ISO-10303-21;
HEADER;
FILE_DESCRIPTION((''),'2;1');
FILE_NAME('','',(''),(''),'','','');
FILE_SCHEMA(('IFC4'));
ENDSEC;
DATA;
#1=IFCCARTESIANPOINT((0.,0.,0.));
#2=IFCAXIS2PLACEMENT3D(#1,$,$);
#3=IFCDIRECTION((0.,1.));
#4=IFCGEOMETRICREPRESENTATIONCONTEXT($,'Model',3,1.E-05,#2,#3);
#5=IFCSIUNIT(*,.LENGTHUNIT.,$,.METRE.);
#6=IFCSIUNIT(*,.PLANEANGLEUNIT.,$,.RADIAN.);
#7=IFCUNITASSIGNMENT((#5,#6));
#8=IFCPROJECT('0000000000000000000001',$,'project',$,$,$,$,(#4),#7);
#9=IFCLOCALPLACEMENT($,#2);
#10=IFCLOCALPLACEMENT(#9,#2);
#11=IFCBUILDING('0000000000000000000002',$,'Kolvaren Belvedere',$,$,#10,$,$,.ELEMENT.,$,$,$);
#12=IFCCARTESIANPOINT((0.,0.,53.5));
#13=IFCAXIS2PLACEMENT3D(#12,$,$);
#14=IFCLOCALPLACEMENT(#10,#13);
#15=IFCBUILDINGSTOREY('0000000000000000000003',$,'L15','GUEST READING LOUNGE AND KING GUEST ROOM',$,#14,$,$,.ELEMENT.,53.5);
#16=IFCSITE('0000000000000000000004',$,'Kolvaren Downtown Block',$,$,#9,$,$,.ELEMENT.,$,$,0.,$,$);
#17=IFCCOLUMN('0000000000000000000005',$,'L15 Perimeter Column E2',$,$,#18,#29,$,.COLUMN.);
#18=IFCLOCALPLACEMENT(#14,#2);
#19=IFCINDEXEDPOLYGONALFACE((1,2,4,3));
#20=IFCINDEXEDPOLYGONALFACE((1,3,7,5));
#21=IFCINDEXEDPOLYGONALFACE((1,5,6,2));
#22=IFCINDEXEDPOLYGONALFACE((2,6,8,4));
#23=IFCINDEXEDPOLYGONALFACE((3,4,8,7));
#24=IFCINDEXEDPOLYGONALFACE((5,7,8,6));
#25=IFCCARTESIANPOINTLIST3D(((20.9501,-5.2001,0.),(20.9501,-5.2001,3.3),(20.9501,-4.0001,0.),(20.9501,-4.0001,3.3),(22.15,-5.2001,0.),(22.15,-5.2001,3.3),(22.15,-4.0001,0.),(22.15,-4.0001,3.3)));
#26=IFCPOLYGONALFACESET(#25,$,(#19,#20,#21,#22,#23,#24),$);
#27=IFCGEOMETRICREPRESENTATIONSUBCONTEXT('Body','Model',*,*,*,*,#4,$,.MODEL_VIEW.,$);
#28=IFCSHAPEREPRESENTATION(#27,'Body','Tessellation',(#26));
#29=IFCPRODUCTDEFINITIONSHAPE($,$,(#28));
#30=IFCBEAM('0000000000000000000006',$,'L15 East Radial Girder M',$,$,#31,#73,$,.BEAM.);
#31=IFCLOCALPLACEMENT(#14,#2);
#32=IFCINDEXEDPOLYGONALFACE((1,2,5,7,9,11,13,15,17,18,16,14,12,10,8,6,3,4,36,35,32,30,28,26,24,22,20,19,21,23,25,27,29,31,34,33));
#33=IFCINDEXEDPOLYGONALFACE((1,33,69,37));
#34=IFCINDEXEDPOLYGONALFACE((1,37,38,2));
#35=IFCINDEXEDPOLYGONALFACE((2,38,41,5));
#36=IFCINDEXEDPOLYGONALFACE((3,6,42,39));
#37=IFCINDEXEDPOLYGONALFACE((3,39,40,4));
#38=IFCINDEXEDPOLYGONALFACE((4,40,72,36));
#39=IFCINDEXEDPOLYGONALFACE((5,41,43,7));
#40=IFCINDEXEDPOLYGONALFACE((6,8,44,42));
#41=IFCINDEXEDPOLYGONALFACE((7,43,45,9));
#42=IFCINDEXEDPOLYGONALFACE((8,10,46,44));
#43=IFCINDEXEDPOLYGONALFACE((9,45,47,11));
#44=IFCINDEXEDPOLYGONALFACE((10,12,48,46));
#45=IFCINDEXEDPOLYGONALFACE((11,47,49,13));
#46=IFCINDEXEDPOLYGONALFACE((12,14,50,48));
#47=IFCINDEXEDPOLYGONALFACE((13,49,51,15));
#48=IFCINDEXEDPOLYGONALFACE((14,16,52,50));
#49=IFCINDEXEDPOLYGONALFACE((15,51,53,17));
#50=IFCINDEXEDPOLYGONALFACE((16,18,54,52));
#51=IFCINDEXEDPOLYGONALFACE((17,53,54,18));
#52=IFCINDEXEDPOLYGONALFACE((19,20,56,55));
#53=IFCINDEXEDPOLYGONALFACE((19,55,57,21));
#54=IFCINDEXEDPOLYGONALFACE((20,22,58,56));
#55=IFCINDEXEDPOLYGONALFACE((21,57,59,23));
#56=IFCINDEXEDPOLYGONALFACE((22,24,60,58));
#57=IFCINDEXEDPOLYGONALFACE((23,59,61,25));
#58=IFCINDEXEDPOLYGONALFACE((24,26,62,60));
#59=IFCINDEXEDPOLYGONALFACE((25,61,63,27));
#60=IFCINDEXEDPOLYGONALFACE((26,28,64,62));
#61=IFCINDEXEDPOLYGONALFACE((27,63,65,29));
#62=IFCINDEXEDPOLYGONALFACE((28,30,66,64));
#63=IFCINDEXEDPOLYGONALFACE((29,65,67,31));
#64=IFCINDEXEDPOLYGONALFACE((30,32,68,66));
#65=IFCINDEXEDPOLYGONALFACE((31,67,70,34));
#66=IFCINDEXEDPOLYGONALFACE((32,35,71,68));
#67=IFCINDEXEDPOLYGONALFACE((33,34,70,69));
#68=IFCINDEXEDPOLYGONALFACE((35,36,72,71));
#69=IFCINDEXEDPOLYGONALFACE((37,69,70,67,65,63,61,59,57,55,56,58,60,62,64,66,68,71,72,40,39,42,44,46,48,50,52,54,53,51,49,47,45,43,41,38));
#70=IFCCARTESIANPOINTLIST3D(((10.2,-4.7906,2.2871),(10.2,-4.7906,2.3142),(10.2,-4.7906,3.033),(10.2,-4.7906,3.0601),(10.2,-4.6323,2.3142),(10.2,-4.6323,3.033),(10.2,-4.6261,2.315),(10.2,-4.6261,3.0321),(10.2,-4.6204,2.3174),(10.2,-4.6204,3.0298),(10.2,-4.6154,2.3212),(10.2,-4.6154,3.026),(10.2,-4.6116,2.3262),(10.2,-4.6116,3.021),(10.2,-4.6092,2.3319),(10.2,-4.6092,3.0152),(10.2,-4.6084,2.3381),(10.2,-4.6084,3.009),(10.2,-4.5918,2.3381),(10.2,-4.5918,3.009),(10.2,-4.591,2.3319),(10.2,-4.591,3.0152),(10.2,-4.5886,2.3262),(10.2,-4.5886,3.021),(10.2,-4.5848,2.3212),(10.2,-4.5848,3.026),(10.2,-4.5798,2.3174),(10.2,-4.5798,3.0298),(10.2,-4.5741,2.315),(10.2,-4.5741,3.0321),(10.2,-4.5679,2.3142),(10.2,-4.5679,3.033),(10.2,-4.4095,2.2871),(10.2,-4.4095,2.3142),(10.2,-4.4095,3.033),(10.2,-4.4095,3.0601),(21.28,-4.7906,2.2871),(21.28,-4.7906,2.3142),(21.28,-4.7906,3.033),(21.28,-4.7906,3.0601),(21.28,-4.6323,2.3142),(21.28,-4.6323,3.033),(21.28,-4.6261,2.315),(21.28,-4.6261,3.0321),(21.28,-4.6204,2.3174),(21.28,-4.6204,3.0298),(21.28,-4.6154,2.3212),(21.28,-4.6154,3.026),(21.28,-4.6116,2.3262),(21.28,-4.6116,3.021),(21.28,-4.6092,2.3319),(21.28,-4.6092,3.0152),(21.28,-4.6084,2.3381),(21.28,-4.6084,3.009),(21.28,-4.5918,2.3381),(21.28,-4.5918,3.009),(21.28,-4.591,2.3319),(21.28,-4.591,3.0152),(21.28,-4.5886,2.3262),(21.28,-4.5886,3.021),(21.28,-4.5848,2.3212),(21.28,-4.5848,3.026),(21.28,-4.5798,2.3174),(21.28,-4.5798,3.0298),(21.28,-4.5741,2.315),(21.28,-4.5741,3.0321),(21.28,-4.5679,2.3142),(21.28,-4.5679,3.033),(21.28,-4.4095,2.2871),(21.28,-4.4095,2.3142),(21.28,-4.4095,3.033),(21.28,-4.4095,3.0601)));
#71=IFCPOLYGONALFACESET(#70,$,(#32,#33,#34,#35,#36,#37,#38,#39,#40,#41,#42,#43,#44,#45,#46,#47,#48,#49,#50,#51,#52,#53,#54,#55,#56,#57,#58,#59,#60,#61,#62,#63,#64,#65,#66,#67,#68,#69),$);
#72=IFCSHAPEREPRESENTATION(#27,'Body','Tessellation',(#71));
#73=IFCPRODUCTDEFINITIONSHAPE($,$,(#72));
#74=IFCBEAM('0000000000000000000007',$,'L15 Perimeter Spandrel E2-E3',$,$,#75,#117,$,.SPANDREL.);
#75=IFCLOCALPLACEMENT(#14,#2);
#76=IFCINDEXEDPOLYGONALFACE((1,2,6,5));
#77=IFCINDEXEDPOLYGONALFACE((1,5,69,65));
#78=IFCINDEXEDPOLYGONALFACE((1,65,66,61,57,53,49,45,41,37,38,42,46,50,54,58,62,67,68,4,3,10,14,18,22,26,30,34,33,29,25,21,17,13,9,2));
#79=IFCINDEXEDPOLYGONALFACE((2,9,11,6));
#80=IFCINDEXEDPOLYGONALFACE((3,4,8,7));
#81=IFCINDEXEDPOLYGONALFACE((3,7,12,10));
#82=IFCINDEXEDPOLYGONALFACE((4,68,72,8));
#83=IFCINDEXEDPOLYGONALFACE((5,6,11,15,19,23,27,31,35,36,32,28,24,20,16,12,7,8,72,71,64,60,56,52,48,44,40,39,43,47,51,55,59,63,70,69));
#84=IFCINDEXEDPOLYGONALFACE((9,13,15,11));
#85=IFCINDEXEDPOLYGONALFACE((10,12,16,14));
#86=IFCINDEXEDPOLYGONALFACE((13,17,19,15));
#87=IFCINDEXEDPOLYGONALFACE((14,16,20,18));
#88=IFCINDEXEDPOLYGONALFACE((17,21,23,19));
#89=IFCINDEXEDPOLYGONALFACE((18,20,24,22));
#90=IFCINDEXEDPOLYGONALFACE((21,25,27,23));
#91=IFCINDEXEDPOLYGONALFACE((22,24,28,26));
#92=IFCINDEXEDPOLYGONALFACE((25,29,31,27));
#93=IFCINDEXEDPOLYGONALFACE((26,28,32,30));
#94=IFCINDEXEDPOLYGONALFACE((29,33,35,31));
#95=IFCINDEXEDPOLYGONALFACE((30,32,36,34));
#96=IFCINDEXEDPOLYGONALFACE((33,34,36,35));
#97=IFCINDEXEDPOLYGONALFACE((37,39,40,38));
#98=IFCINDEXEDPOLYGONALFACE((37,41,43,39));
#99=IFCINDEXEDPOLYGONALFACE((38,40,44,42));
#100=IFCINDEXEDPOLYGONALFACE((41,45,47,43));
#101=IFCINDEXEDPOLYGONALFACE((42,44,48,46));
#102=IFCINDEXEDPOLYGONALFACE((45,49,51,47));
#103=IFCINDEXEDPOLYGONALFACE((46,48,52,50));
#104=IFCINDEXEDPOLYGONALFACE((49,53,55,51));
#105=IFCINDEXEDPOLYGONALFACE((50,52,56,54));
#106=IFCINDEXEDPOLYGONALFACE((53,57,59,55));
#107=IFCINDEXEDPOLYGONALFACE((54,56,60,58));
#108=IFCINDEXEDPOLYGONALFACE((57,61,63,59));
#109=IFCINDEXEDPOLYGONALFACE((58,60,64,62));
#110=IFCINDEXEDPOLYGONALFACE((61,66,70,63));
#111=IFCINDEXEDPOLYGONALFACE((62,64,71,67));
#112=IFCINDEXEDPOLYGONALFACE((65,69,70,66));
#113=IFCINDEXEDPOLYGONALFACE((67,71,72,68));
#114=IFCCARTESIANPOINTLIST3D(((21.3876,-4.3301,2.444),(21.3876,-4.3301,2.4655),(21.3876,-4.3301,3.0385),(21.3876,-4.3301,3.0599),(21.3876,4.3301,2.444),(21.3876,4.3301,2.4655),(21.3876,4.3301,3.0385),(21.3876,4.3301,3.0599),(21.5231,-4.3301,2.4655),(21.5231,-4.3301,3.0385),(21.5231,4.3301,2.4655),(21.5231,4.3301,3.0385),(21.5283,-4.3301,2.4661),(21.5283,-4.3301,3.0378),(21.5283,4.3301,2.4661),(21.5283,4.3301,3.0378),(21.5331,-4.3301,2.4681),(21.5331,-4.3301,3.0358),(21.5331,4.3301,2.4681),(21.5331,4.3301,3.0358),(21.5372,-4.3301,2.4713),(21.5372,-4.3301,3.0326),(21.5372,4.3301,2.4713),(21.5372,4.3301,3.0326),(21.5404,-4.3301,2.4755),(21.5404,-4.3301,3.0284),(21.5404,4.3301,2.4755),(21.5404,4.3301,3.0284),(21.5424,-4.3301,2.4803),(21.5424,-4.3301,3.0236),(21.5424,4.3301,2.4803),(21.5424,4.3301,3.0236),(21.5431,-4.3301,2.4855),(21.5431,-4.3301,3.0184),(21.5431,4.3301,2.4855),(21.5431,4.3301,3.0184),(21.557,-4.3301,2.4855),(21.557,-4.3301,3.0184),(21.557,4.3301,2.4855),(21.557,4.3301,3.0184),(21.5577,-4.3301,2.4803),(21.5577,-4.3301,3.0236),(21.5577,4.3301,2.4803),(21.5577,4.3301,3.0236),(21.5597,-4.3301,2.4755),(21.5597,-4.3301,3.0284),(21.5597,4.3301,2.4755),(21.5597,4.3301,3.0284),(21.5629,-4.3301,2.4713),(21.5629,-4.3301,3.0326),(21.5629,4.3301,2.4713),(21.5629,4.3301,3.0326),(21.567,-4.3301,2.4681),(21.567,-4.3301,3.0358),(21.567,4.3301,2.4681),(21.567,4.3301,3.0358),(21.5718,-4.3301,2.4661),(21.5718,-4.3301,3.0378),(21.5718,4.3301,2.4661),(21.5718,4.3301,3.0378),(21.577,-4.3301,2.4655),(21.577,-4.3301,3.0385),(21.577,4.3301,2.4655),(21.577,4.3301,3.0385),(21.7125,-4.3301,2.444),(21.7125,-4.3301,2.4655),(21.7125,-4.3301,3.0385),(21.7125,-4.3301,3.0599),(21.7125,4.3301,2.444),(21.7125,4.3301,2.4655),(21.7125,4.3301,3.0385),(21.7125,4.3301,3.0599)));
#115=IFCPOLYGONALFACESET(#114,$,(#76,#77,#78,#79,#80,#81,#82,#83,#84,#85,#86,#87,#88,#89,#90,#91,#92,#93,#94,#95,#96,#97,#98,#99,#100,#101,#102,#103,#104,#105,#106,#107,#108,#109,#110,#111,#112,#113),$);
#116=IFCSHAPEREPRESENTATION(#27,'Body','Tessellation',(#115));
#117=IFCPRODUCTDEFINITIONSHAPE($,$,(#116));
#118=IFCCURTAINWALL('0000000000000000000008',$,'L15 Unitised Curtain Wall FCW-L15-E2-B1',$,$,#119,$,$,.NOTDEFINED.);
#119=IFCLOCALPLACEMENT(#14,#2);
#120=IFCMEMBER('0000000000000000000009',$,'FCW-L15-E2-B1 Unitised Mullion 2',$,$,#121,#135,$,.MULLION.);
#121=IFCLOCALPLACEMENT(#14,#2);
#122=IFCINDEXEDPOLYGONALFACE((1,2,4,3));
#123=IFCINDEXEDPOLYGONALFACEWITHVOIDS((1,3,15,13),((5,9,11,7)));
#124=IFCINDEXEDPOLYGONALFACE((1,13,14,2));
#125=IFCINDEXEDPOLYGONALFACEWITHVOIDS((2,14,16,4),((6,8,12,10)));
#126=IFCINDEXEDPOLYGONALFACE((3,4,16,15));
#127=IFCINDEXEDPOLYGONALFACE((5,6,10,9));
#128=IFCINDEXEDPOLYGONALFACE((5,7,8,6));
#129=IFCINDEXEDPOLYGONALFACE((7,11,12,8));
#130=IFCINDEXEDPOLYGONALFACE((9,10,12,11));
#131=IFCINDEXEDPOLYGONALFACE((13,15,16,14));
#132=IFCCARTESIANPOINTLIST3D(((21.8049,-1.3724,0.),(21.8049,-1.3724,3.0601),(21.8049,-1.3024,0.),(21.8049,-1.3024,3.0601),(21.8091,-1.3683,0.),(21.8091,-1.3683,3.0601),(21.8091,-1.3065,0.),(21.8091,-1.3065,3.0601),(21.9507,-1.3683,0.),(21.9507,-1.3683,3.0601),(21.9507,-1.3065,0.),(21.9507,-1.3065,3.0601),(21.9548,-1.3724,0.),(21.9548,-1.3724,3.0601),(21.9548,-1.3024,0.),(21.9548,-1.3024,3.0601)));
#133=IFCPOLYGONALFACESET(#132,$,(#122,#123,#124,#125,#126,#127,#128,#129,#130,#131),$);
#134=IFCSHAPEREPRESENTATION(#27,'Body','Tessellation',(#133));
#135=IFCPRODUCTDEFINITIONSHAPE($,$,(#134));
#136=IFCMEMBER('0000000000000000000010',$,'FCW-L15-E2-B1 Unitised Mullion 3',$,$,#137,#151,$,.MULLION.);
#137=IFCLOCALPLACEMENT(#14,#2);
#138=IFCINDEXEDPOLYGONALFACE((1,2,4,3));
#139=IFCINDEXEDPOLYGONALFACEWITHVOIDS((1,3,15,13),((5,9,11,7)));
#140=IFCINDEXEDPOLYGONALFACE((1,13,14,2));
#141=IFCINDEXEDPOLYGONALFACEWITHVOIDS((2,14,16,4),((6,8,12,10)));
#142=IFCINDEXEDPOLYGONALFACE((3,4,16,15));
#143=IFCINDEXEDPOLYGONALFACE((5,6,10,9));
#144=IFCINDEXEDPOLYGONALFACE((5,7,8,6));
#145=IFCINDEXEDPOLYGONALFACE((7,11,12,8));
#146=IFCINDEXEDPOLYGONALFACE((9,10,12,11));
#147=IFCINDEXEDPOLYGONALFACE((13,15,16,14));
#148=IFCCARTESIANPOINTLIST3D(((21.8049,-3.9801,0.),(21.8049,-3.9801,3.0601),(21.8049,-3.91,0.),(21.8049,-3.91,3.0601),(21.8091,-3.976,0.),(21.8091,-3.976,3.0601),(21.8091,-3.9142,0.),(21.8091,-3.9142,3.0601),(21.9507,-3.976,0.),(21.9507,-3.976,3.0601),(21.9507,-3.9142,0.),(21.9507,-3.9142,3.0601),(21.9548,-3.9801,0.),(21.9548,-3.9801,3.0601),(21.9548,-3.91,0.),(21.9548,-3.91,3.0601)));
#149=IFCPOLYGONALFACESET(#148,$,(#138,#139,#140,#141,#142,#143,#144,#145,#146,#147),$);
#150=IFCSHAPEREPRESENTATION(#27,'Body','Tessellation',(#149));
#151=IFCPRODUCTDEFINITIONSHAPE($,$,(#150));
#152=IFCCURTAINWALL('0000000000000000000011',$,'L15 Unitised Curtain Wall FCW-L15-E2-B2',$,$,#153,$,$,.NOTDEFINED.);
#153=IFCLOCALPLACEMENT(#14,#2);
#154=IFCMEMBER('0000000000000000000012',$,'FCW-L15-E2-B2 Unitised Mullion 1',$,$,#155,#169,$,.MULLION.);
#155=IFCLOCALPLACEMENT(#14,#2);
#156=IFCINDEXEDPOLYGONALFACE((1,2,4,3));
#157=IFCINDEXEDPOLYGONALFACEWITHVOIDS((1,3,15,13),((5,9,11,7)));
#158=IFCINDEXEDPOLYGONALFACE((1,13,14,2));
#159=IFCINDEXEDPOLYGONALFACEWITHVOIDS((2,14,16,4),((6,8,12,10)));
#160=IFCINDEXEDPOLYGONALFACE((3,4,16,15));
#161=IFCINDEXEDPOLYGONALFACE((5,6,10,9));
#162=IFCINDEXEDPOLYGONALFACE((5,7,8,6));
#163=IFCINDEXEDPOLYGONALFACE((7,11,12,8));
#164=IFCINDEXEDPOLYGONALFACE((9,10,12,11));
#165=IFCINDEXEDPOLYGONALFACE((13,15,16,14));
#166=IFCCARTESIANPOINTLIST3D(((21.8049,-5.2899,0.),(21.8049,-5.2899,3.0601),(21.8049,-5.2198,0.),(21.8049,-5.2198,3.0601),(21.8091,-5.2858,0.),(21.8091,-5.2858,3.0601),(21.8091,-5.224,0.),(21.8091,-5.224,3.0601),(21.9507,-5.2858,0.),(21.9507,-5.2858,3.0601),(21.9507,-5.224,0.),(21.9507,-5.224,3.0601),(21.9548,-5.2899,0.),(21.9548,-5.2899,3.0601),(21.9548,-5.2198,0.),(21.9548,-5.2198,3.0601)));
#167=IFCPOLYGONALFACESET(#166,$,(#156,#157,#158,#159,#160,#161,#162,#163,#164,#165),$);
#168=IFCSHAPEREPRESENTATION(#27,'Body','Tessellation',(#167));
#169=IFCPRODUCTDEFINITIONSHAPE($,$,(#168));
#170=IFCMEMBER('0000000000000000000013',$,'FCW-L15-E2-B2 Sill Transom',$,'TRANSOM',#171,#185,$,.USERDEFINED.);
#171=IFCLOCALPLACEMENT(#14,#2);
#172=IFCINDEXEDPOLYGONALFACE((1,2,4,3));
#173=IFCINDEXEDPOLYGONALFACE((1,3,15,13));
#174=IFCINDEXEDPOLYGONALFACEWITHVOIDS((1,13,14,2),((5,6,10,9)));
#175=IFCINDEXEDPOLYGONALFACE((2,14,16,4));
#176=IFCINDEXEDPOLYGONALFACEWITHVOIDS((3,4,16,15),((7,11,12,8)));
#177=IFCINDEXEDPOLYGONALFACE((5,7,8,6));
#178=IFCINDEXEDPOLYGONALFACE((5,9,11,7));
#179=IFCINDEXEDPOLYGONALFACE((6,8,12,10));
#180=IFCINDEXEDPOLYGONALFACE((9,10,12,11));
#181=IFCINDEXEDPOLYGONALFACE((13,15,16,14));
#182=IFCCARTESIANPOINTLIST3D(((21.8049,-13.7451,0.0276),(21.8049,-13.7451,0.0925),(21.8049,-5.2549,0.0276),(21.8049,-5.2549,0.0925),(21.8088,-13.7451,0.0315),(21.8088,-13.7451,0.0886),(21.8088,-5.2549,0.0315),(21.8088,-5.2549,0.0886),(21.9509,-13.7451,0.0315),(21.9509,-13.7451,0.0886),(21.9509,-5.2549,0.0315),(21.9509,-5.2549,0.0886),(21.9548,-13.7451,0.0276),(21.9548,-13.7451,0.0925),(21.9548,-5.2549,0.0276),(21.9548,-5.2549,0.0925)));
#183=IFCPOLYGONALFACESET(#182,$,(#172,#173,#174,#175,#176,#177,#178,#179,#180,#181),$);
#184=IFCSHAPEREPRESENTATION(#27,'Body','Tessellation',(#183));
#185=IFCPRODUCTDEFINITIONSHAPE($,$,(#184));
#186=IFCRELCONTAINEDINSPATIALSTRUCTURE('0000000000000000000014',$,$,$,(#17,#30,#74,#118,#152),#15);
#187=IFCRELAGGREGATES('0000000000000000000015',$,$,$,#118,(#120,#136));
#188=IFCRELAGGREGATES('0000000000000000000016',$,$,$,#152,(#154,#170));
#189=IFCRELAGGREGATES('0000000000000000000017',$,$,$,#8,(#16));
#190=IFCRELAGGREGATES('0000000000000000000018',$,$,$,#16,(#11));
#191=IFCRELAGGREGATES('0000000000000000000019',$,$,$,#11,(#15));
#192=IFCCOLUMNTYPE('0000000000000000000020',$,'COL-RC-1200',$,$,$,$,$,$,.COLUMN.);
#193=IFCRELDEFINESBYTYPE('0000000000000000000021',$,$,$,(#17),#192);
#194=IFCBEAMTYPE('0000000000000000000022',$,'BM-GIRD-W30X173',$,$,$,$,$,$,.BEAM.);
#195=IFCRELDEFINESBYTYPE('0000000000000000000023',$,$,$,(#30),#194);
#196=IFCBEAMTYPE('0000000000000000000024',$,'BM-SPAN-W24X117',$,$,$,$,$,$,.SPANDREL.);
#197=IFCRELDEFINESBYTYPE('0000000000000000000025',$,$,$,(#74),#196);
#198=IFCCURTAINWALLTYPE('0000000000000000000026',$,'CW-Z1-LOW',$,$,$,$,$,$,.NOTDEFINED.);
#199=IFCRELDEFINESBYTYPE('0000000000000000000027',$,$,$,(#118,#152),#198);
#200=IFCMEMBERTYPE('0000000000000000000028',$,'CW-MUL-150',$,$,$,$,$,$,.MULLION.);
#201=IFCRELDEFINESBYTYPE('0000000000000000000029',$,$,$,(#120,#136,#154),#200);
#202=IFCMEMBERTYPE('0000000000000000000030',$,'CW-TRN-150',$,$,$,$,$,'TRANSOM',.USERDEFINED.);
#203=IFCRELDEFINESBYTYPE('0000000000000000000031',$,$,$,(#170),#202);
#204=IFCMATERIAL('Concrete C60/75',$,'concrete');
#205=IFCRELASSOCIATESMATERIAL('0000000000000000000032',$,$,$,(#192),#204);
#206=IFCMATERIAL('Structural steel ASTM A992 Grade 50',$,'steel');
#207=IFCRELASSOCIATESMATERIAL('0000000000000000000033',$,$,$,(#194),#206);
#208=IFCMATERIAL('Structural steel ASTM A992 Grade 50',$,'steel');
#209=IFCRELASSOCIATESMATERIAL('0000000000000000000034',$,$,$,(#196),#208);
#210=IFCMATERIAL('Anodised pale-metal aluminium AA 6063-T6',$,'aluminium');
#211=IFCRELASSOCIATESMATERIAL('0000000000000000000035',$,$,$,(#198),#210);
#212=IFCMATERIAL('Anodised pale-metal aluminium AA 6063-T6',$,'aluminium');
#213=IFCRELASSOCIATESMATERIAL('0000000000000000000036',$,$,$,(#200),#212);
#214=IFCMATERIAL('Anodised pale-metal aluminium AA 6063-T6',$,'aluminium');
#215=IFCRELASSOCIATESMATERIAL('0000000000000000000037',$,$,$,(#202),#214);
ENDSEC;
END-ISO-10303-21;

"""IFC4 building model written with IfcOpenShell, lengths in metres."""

from ifc_helpers import new_model, si_unit, direction, frame, origin, origin_2d, place, context, subcontext, project, spatial, rectangle, hollow_rectangle, i_section, extrude, material, material_profile, profile_set, type_object, element, aggregate, save


model = new_model("IFC4")

# Units and contexts
model_context = context("Model", 3, precision=1e-05, world=origin(), true_north=direction((0.0, 1.0)))
body_context = subcontext(model_context, "Body", "Model", "MODEL_VIEW")
ifc_project = project(units=[si_unit("LENGTHUNIT", "METRE"), si_unit("PLANEANGLEUNIT", "RADIAN")], contexts=[model_context])

# Site, building, storey
site_placement = place(None, origin())
site = spatial("IfcSite", under=ifc_project, at=site_placement, Name="Kolvaren Downtown Block", CompositionType="ELEMENT", RefElevation=0.0)
building_placement = place(site_placement, origin())
building = spatial("IfcBuilding", under=site, at=building_placement, Name="Kolvaren Belvedere", CompositionType="ELEMENT")
storey_placement = place(building_placement, frame((0.0, 0.0, 53.5)))
storey = spatial("IfcBuildingStorey", under=building, at=storey_placement, Name="L15", Description="GUEST READING LOUNGE AND KING GUEST ROOM", CompositionType="ELEMENT", Elevation=53.5)

# Column
ifc_material_1 = material(Name="Concrete C60/75", Category="concrete")
ifc_material_profile_1 = material_profile(ifc_material_1, rectangle(XDim=1.2, YDim=1.2, at=origin_2d()), Name="RC 1200X1200")
ifc_profile_set_1 = profile_set([ifc_material_profile_1], Name="Concrete C60/75")
column_type = type_object("IfcColumnType", Name="COL-RC-1200", PredefinedType="COLUMN", material=ifc_profile_set_1)
column_placement = place(storey_placement, frame((21.55, -4.6001, 0.0), z_axis=(0.0, 0.0, 1.0), x_axis=(1.0, 0.0, 0.0)))
element("IfcColumn", 1, at=column_placement, inside=storey, type_object=column_type, Name="L15 Perimeter Column E2", PredefinedType="COLUMN", context=body_context, shape_type="SweptSolid", body=[
    extrude(rectangle(XDim=1.2, YDim=1.2, at=origin_2d()), origin(), (0.0, 0.0, 1.0), 3.3),
])

# Beams
ifc_material_2 = material(Name="Structural steel ASTM A992 Grade 50", Category="steel")
ifc_material_profile_2 = material_profile(ifc_material_2, i_section(OverallWidth=0.3811, OverallDepth=0.7729, WebThickness=0.0166, FlangeThickness=0.0271, FilletRadius=0.0239, at=origin_2d()), Name="W30X173")
ifc_profile_set_2 = profile_set([ifc_material_profile_2], Name="Structural steel ASTM A992 Grade 50")
beam_type_1 = type_object("IfcBeamType", Name="BM-GIRD-W30X173", PredefinedType="BEAM", material=ifc_profile_set_2)
beam_1_placement = place(storey_placement, frame((10.2, -4.6001, 2.6736), z_axis=(1.0, 0.0, 0.0), x_axis=(0.0, 1.0, 0.0)))
element("IfcBeam", 2, at=beam_1_placement, inside=storey, type_object=beam_type_1, Name="L15 East Radial Girder M", PredefinedType="BEAM", context=body_context, shape_type="SweptSolid", body=[
    extrude(i_section(OverallWidth=0.3811, OverallDepth=0.7729, WebThickness=0.0166, FlangeThickness=0.0271, FilletRadius=0.0239, at=origin_2d()), origin(), (0.0, 0.0, 1.0), 11.0801),
])
ifc_material_3 = material(Name="Structural steel ASTM A992 Grade 50", Category="steel")
ifc_material_profile_3 = material_profile(ifc_material_3, i_section(OverallWidth=0.325, OverallDepth=0.616, WebThickness=0.0139, FlangeThickness=0.0215, FilletRadius=0.02, at=origin_2d()), Name="W24X117")
ifc_profile_set_3 = profile_set([ifc_material_profile_3], Name="Structural steel ASTM A992 Grade 50")
beam_type_2 = type_object("IfcBeamType", Name="BM-SPAN-W24X117", PredefinedType="SPANDREL", material=ifc_profile_set_3)
beam_2_placement = place(storey_placement, frame((21.55, -4.3301, 2.752), z_axis=(0.0, 1.0, 0.0), x_axis=(-1.0, 0.0, 0.0)))
element("IfcBeam", 3, at=beam_2_placement, inside=storey, type_object=beam_type_2, Name="L15 Perimeter Spandrel E2-E3", PredefinedType="SPANDREL", context=body_context, shape_type="SweptSolid", body=[
    extrude(i_section(OverallWidth=0.325, OverallDepth=0.616, WebThickness=0.0139, FlangeThickness=0.0215, FilletRadius=0.02, at=origin_2d()), origin(), (0.0, 0.0, 1.0), 8.6602),
])

# Curtain walls, members
ifc_material_4 = material(Name="Anodised pale-metal aluminium AA 6063-T6", Category="aluminium")
curtain_wall_type = type_object("IfcCurtainWallType", Name="CW-Z1-LOW", PredefinedType="NOTDEFINED", material=ifc_material_4)
curtain_wall_1_placement = place(storey_placement, origin())
curtain_wall_1 = element("IfcCurtainWall", 4, at=curtain_wall_1_placement, inside=storey, type_object=curtain_wall_type, Name="L15 Unitised Curtain Wall FCW-L15-E2-B1", PredefinedType="NOTDEFINED")
ifc_material_5 = material(Name="Anodised pale-metal aluminium AA 6063-T6", Category="aluminium")
ifc_material_profile_4 = material_profile(ifc_material_5, hollow_rectangle(XDim=0.0701, YDim=0.1499, WallThickness=0.0042, at=origin_2d()), Name="ALU-MUL-150X70")
ifc_profile_set_4 = profile_set([ifc_material_profile_4], Name="Anodised pale-metal aluminium AA 6063-T6")
member_type_1 = type_object("IfcMemberType", Name="CW-MUL-150", PredefinedType="MULLION", material=ifc_profile_set_4)
member_1_placement = place(storey_placement, frame((21.8799, -1.3374, 0.0), z_axis=(0.0, 0.0, 1.0), x_axis=(0.0, 1.0, 0.0)))
member_1 = element("IfcMember", 5, at=member_1_placement, type_object=member_type_1, Name="FCW-L15-E2-B1 Unitised Mullion 2", PredefinedType="MULLION", context=body_context, shape_type="SweptSolid", body=[
    extrude(hollow_rectangle(XDim=0.0701, YDim=0.1499, WallThickness=0.0042, at=origin_2d()), origin(), (0.0, 0.0, 1.0), 3.0601),
])
member_2_placement = place(storey_placement, frame((21.8799, -3.9451, 0.0), z_axis=(0.0, 0.0, 1.0), x_axis=(0.0, 1.0, 0.0)))
member_2 = element("IfcMember", 6, at=member_2_placement, type_object=member_type_1, Name="FCW-L15-E2-B1 Unitised Mullion 3", PredefinedType="MULLION", context=body_context, shape_type="SweptSolid", body=[
    extrude(hollow_rectangle(XDim=0.0701, YDim=0.1499, WallThickness=0.0042, at=origin_2d()), origin(), (0.0, 0.0, 1.0), 3.0601),
])
curtain_wall_2_placement = place(storey_placement, origin())
curtain_wall_2 = element("IfcCurtainWall", 7, at=curtain_wall_2_placement, inside=storey, type_object=curtain_wall_type, Name="L15 Unitised Curtain Wall FCW-L15-E2-B2", PredefinedType="NOTDEFINED")
member_3_placement = place(storey_placement, frame((21.8799, -5.2549, 0.0), z_axis=(0.0, 0.0, 1.0), x_axis=(0.0, 1.0, 0.0)))
member_3 = element("IfcMember", 8, at=member_3_placement, type_object=member_type_1, Name="FCW-L15-E2-B2 Unitised Mullion 1", PredefinedType="MULLION", context=body_context, shape_type="SweptSolid", body=[
    extrude(hollow_rectangle(XDim=0.0701, YDim=0.1499, WallThickness=0.0042, at=origin_2d()), origin(), (0.0, 0.0, 1.0), 3.0601),
])
ifc_material_6 = material(Name="Anodised pale-metal aluminium AA 6063-T6", Category="aluminium")
ifc_material_profile_5 = material_profile(ifc_material_6, hollow_rectangle(XDim=0.0649, YDim=0.1499, WallThickness=0.0039, at=origin_2d()), Name="ALU-TRN-150X65")
ifc_profile_set_5 = profile_set([ifc_material_profile_5], Name="Anodised pale-metal aluminium AA 6063-T6")
member_type_2 = type_object("IfcMemberType", Name="CW-TRN-150", ElementType="TRANSOM", PredefinedType="USERDEFINED", material=ifc_profile_set_5)
member_4_placement = place(storey_placement, frame((21.8799, -5.2549, 0.0601), z_axis=(0.0, -1.0, 0.0), x_axis=(0.0, 0.0, 1.0)))
member_4 = element("IfcMember", 9, at=member_4_placement, type_object=member_type_2, Name="FCW-L15-E2-B2 Sill Transom", ObjectType="TRANSOM", PredefinedType="USERDEFINED", context=body_context, shape_type="SweptSolid", body=[
    extrude(hollow_rectangle(XDim=0.0649, YDim=0.1499, WallThickness=0.0039, at=origin_2d()), origin(), (0.0, 0.0, 1.0), 8.4902),
])

aggregate(curtain_wall_1, [member_1, member_2])
aggregate(curtain_wall_2, [member_3, member_4])

save(model, "model.ifc")
